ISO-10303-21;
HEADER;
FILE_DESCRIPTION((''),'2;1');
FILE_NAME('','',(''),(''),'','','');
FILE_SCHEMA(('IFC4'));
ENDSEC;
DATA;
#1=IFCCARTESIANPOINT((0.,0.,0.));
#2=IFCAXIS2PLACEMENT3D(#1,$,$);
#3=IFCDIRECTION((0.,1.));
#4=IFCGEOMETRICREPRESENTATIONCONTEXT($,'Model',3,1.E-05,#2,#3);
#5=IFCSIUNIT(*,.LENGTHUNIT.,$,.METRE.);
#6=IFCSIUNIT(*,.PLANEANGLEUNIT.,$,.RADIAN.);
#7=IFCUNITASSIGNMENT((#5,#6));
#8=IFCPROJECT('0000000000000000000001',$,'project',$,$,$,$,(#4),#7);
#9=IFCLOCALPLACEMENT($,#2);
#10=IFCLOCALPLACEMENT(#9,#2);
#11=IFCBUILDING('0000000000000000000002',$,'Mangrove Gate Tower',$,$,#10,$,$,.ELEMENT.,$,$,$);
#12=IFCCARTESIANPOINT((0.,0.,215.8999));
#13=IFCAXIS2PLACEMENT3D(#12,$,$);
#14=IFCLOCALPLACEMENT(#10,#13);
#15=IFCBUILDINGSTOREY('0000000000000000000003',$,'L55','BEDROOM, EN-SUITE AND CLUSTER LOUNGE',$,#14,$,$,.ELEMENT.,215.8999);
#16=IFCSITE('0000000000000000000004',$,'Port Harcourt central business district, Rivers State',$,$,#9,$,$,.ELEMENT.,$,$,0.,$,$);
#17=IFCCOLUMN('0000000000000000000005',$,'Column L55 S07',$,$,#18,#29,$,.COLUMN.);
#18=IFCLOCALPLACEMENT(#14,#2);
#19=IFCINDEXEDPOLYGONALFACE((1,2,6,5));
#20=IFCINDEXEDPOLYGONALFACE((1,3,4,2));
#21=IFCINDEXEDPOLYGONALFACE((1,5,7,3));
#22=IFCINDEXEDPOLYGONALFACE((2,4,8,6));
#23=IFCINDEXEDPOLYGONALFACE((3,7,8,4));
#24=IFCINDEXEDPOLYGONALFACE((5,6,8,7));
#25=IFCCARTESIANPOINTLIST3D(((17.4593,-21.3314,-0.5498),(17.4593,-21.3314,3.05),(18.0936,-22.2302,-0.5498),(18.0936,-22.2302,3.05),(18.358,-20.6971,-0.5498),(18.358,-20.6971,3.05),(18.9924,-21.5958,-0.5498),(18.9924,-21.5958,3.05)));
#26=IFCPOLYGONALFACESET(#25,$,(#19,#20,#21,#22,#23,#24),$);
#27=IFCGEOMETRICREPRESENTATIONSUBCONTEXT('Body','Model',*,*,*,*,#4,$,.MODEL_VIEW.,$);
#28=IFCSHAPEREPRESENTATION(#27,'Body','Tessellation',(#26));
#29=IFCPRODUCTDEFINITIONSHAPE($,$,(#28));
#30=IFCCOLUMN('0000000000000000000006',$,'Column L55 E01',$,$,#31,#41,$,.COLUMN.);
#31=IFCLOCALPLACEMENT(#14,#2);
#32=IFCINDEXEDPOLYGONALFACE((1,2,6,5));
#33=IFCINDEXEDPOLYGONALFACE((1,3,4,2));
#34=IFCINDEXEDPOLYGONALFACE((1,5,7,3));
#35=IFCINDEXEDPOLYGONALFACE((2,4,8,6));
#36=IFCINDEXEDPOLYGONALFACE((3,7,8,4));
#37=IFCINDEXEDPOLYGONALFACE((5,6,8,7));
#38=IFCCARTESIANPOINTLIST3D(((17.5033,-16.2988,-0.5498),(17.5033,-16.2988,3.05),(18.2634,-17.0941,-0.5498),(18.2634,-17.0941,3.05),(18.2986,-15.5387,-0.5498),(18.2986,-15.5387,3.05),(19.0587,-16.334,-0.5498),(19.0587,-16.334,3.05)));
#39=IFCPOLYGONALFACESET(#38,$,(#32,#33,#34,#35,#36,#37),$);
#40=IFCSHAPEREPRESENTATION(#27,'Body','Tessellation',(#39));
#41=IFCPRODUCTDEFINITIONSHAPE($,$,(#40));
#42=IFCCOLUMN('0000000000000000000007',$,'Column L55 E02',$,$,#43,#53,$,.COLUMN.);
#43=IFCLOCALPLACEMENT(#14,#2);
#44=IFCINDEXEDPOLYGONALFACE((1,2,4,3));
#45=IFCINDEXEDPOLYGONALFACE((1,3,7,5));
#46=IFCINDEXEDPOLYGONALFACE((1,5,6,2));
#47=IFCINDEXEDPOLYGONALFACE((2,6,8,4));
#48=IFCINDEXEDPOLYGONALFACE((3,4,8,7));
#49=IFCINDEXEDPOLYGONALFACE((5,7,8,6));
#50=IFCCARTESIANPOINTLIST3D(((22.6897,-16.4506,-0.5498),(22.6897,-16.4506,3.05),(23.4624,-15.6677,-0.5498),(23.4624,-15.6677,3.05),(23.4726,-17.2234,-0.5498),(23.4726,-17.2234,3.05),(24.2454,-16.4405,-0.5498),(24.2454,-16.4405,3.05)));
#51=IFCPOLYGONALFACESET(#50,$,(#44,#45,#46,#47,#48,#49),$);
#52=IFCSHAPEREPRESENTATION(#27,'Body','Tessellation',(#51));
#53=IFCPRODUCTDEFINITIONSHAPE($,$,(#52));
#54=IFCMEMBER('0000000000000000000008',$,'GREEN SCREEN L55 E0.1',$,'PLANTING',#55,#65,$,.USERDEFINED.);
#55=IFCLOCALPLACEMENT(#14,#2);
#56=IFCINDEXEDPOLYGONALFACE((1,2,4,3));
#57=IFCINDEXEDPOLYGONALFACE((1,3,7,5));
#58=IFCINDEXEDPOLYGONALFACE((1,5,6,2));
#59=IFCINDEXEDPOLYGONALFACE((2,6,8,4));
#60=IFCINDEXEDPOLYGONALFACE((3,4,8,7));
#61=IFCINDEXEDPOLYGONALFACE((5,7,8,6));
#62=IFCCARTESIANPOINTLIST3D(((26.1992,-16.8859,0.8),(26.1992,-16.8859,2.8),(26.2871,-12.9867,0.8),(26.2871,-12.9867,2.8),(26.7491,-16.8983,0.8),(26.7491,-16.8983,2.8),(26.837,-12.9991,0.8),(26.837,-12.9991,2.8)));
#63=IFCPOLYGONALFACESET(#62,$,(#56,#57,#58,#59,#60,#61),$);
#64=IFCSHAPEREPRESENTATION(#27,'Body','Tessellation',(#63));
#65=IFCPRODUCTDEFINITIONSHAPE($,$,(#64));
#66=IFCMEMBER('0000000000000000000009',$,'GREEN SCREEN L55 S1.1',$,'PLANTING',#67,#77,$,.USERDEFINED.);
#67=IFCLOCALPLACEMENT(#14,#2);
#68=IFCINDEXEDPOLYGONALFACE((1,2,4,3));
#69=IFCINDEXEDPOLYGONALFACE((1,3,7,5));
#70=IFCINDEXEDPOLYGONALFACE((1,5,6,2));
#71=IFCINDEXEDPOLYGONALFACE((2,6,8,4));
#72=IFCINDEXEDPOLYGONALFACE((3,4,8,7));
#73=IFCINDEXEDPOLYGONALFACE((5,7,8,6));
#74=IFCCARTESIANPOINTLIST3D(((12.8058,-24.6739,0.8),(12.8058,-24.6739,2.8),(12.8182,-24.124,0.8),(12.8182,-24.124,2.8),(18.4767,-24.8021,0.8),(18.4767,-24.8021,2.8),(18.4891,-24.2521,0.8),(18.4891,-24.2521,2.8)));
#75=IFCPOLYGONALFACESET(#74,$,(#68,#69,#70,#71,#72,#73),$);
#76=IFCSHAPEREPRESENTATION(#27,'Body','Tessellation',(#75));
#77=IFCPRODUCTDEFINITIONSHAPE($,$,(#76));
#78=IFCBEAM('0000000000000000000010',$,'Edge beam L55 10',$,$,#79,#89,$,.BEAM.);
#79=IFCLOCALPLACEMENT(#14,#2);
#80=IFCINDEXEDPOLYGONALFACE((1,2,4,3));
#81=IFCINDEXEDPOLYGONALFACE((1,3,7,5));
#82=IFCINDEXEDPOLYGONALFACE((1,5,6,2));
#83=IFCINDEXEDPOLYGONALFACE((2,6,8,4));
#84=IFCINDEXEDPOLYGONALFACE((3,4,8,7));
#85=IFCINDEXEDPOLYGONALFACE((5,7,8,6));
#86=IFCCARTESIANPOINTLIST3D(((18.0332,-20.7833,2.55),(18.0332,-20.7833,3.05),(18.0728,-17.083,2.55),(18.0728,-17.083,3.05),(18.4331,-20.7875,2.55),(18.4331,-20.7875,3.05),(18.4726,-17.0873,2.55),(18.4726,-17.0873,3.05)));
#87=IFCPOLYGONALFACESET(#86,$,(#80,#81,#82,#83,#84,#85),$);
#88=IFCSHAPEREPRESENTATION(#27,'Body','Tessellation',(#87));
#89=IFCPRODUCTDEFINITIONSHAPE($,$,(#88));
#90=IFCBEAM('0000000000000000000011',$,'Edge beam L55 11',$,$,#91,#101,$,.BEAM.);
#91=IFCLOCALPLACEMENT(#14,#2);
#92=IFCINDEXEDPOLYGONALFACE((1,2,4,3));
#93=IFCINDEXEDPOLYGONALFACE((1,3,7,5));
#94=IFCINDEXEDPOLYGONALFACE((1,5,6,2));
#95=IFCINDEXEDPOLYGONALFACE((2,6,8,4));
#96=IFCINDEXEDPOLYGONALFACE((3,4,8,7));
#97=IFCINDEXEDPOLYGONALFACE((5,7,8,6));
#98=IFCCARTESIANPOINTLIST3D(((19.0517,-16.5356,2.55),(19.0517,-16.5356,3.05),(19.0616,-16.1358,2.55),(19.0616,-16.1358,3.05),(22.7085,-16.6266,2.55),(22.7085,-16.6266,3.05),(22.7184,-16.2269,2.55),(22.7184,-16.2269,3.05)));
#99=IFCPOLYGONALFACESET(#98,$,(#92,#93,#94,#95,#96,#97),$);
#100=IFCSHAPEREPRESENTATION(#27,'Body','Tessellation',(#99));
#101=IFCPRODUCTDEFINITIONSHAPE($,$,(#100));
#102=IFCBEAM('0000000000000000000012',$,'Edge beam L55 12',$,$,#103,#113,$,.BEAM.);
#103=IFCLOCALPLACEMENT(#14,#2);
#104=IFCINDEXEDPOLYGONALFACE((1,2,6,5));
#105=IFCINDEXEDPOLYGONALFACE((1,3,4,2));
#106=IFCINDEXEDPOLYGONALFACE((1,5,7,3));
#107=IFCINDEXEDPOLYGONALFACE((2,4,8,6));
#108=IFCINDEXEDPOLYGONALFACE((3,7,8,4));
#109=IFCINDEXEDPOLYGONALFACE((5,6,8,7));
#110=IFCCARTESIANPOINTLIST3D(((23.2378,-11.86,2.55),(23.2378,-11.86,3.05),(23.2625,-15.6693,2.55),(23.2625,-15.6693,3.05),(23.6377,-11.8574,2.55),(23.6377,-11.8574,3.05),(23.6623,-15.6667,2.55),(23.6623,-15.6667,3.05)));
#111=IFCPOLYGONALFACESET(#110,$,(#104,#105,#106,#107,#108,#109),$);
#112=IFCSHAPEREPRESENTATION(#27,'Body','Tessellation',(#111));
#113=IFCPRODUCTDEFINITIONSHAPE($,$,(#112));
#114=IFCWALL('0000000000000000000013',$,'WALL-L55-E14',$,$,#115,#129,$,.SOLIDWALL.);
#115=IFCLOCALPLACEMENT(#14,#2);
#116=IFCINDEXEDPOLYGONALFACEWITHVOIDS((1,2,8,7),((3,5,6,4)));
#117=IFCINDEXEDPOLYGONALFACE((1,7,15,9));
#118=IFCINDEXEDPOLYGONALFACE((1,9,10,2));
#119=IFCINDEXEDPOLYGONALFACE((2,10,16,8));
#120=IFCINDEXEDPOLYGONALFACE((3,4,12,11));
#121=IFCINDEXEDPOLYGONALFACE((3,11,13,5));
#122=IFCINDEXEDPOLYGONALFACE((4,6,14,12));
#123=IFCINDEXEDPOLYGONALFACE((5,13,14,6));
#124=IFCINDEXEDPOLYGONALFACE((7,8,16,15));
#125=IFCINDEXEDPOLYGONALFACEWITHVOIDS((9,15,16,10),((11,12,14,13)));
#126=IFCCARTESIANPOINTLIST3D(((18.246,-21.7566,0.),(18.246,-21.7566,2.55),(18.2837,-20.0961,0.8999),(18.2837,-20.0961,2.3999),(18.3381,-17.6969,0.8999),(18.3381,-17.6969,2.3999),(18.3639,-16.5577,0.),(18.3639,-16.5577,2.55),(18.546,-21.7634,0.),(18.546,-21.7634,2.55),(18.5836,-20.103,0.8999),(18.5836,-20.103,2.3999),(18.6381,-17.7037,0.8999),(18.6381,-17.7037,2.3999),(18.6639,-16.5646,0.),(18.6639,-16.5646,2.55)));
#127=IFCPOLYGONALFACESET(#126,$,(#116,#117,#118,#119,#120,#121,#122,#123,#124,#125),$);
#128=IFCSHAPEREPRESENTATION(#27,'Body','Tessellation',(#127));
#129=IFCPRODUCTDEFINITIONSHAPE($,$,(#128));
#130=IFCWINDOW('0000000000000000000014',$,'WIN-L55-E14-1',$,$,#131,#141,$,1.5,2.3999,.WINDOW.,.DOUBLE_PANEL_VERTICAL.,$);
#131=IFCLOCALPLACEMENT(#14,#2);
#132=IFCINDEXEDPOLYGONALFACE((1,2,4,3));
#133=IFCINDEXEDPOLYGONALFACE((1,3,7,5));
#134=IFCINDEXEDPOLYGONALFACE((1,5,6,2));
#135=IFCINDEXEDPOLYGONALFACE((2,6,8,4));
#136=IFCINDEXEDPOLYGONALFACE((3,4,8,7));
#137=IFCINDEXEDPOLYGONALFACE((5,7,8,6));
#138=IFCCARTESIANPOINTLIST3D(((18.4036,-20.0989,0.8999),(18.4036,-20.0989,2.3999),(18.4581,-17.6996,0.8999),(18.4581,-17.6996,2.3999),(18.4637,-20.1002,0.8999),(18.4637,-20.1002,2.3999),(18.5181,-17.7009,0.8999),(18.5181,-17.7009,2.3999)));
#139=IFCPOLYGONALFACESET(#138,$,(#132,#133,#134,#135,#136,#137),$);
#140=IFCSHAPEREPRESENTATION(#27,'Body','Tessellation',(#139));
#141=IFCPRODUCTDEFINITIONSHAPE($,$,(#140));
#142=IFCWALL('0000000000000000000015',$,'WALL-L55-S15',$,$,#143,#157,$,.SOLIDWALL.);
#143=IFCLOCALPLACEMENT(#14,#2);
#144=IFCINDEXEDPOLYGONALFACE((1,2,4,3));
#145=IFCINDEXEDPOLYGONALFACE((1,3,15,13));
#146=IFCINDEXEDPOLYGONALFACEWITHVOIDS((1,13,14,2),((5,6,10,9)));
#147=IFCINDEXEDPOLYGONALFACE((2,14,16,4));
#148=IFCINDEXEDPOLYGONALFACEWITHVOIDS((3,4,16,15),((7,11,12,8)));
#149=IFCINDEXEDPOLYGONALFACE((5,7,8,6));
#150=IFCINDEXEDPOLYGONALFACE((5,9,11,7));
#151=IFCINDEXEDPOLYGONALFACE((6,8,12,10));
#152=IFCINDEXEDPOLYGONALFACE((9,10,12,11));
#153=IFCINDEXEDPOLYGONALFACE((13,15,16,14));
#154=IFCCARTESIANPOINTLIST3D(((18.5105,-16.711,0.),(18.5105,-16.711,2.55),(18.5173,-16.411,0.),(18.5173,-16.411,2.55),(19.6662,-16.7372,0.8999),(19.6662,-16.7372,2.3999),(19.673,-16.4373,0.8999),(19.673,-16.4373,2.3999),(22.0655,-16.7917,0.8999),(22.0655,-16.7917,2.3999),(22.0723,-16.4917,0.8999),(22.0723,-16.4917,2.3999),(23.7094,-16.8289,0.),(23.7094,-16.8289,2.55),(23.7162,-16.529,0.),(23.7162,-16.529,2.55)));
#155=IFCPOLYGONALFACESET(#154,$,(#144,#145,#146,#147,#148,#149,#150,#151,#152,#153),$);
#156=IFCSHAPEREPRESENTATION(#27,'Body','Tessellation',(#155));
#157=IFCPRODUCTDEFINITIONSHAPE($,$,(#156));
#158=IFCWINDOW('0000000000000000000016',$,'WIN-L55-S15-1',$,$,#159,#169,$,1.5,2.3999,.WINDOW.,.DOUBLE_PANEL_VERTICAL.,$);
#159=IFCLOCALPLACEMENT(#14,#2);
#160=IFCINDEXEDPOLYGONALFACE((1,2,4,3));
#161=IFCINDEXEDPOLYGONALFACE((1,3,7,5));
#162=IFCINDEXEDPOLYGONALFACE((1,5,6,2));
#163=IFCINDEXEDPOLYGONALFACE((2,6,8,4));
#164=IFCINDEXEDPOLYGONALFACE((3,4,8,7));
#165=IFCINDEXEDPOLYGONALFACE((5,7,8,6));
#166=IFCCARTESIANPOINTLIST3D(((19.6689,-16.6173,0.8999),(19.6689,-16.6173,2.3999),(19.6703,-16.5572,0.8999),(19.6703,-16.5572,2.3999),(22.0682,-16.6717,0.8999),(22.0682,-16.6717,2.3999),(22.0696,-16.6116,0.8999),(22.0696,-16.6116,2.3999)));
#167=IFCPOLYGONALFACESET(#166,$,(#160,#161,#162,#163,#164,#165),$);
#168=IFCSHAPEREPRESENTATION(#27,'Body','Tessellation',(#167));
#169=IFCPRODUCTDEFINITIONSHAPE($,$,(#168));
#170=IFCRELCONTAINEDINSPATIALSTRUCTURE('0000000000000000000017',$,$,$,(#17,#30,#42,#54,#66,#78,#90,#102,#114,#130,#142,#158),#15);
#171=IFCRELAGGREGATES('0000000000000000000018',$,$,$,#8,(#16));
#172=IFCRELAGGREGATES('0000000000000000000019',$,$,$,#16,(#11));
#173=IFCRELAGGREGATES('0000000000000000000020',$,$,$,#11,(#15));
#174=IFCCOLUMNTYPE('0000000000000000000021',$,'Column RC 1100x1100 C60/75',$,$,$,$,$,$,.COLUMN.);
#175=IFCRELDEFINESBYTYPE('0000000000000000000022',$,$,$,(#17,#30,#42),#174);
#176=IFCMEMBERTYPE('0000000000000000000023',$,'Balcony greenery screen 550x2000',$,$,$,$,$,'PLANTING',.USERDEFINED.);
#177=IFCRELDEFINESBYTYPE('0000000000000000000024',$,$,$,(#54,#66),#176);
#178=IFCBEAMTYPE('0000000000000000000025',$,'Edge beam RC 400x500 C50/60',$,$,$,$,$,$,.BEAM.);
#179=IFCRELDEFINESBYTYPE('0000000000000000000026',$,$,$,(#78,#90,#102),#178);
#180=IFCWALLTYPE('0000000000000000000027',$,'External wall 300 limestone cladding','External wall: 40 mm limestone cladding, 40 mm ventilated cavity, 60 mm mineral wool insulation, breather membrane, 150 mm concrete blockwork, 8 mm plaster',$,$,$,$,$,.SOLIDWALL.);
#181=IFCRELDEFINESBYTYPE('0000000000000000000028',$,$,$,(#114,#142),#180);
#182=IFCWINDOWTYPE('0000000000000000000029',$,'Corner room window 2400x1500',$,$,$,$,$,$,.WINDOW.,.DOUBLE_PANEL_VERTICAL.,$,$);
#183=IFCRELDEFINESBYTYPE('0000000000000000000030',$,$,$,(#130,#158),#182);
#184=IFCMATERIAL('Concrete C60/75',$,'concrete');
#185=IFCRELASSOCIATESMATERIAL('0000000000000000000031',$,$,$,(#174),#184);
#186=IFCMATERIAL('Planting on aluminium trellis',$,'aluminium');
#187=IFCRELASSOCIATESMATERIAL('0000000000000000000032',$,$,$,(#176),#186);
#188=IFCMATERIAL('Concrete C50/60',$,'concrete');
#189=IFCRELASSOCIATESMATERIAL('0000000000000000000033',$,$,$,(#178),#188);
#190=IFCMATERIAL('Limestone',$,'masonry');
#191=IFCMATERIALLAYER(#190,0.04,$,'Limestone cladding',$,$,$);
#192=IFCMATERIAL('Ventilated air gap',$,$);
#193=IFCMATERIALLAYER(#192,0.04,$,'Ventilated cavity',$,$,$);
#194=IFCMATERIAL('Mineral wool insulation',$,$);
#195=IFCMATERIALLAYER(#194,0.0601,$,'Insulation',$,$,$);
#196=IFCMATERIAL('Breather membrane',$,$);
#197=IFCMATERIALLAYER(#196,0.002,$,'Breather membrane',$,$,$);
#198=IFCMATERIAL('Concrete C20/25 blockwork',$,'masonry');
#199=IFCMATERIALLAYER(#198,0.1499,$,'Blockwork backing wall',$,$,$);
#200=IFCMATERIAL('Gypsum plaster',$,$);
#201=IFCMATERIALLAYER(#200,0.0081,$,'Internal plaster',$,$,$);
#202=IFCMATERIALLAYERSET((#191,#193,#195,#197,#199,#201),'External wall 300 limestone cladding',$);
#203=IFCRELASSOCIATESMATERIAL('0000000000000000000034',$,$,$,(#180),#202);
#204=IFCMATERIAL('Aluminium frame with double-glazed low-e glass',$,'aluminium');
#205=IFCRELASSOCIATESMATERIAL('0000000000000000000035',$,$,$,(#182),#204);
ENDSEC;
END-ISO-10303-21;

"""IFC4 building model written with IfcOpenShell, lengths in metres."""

from ifc_helpers import new_model, si_unit, direction, frame, frame_2d, origin, origin_2d, place, context, subcontext, project, spatial, rectangle, extrude, material, layer, layer_set, material_profile, profile_set, type_object, element, fill, save


model = new_model("IFC4")

# Units and contexts
model_context = context("Model", 3, precision=1e-05, world=origin(), true_north=direction((0.0, 1.0)))
body_context = subcontext(model_context, "Body", "Model", "MODEL_VIEW")
ifc_project = project(units=[si_unit("LENGTHUNIT", "METRE"), si_unit("PLANEANGLEUNIT", "RADIAN")], contexts=[model_context])

# Site, building, storey
site_placement = place(None, origin())
site = spatial("IfcSite", under=ifc_project, at=site_placement, Name="Port Harcourt central business district, Rivers State", CompositionType="ELEMENT", RefElevation=0.0)
building_placement = place(site_placement, origin())
building = spatial("IfcBuilding", under=site, at=building_placement, Name="Mangrove Gate Tower", CompositionType="ELEMENT")
storey_placement = place(building_placement, frame((0.0, 0.0, 215.8999)))
storey = spatial("IfcBuildingStorey", under=building, at=storey_placement, Name="L55", Description="BEDROOM, EN-SUITE AND CLUSTER LOUNGE", CompositionType="ELEMENT", Elevation=215.8999)

# Columns
ifc_material_1 = material(Name="Concrete C60/75", Category="concrete")
ifc_material_profile_1 = material_profile(ifc_material_1, rectangle(XDim=1.1001, YDim=1.1001, at=origin_2d()))
ifc_profile_set_1 = profile_set([ifc_material_profile_1], Name="Concrete C60/75")
column_type = type_object("IfcColumnType", Name="Column RC 1100x1100 C60/75", PredefinedType="COLUMN", material=ifc_profile_set_1)
for number, where, z_axis, x_axis, name in (
    (1, (18.2258, -21.4636, -0.5498), (0.0, 0.0, 1.0), (0.817006, 0.576629, 0.0), "Column L55 S07"),
    (2, (18.281, -16.3164, -0.5498), (0.0, 0.0, 1.0), (0.722905, 0.690948, 0.0), "Column L55 E01"),
    (3, (23.4675, -16.4456, -0.5498), (0.0, 0.0, 1.0), (0.702473, 0.711711, 0.0), "Column L55 E02"),
):
    element("IfcColumn", number, at=place(storey_placement, frame(where, z_axis=z_axis, x_axis=x_axis)), inside=storey, type_object=column_type, Name=name, PredefinedType="COLUMN", context=body_context, shape_type="SweptSolid", body=[
        extrude(rectangle(XDim=1.1001, YDim=1.1001, at=origin_2d()), origin(), (0.0, 0.0, 1.0), 3.5999),
    ])

# Members
ifc_material_2 = material(Name="Planting on aluminium trellis", Category="aluminium")
ifc_material_profile_2 = material_profile(ifc_material_2, rectangle(XDim=0.55, YDim=2.0, at=origin_2d()))
ifc_profile_set_2 = profile_set([ifc_material_profile_2], Name="Planting on aluminium trellis")
member_type = type_object("IfcMemberType", Name="Balcony greenery screen 550x2000", ElementType="PLANTING", PredefinedType="USERDEFINED", material=ifc_profile_set_2)
member_1_placement = place(storey_placement, frame((26.4741, -16.8921, 1.8), z_axis=(0.022535, 0.999746, 0.0), x_axis=(-0.999746, 0.022535, 0.0)))
element("IfcMember", 4, at=member_1_placement, inside=storey, type_object=member_type, Name="GREEN SCREEN L55 E0.1", ObjectType="PLANTING", PredefinedType="USERDEFINED", context=body_context, shape_type="SweptSolid", body=[
    extrude(rectangle(XDim=0.55, YDim=2.0, at=origin_2d()), origin(), (0.0, 0.0, 1.0), 3.9001),
])
member_2_placement = place(storey_placement, frame((12.812, -24.3989, 1.8), z_axis=(0.999745, -0.022596, 0.0), x_axis=(0.022596, 0.999745, 0.0)))
element("IfcMember", 5, at=member_2_placement, inside=storey, type_object=member_type, Name="GREEN SCREEN L55 S1.1", ObjectType="PLANTING", PredefinedType="USERDEFINED", context=body_context, shape_type="SweptSolid", body=[
    extrude(rectangle(XDim=0.55, YDim=2.0, at=origin_2d()), origin(), (0.0, 0.0, 1.0), 5.6724),
])

# Beams
ifc_material_3 = material(Name="Concrete C50/60", Category="concrete")
ifc_material_profile_3 = material_profile(ifc_material_3, rectangle(XDim=0.3999, YDim=0.5, at=origin_2d()))
ifc_profile_set_3 = profile_set([ifc_material_profile_3], Name="Concrete C50/60")
beam_type = type_object("IfcBeamType", Name="Edge beam RC 400x500 C50/60", PredefinedType="BEAM", material=ifc_profile_set_3)
beam_1_placement = place(storey_placement, frame((18.2332, -20.7854, 2.8), z_axis=(0.010688, 0.999943, 0.0), x_axis=(-0.999943, 0.010688, 0.0)))
element("IfcBeam", 6, at=beam_1_placement, inside=storey, type_object=beam_type, Name="Edge beam L55 10", PredefinedType="BEAM", context=body_context, shape_type="SweptSolid", body=[
    extrude(rectangle(XDim=0.3999, YDim=0.5, at=origin_2d()), origin(), (0.0, 0.0, 1.0), 3.7004),
])
beam_2_placement = place(storey_placement, frame((19.0566, -16.3357, 2.8), z_axis=(0.99969, -0.024895, 0.0), x_axis=(0.024895, 0.99969, 0.0)))
element("IfcBeam", 7, at=beam_2_placement, inside=storey, type_object=beam_type, Name="Edge beam L55 11", PredefinedType="BEAM", context=body_context, shape_type="SweptSolid", body=[
    extrude(rectangle(XDim=0.3999, YDim=0.5, at=origin_2d()), origin(), (0.0, 0.0, 1.0), 3.658),
])
beam_3_placement = place(storey_placement, frame((23.4624, -15.668, 2.8), z_axis=(-0.006473, 0.999979, 0.0), x_axis=(-0.999979, -0.006473, 0.0)))
element("IfcBeam", 8, at=beam_3_placement, inside=storey, type_object=beam_type, Name="Edge beam L55 12", PredefinedType="BEAM", context=body_context, shape_type="SweptSolid", body=[
    extrude(rectangle(XDim=0.3999, YDim=0.5, at=origin_2d()), origin(), (0.0, 0.0, 1.0), 3.8093),
])

# Shared definitions
ifc_material_4 = material(Name="Limestone", Category="masonry")
ifc_layer_1 = layer(ifc_material_4, 0.04, Name="Limestone cladding")
ifc_material_5 = material(Name="Ventilated air gap")
ifc_layer_2 = layer(ifc_material_5, 0.04, Name="Ventilated cavity")
ifc_material_6 = material(Name="Mineral wool insulation")
ifc_layer_3 = layer(ifc_material_6, 0.0601, Name="Insulation")
ifc_material_7 = material(Name="Breather membrane")
ifc_layer_4 = layer(ifc_material_7, 0.002, Name="Breather membrane")
ifc_material_8 = material(Name="Concrete C20/25 blockwork", Category="masonry")
ifc_layer_5 = layer(ifc_material_8, 0.1499, Name="Blockwork backing wall")
ifc_material_9 = material(Name="Gypsum plaster")
ifc_layer_6 = layer(ifc_material_9, 0.0081, Name="Internal plaster")
ifc_layer_set_1 = layer_set([ifc_layer_1, ifc_layer_2, ifc_layer_3, ifc_layer_4, ifc_layer_5, ifc_layer_6], Name="External wall 300 limestone cladding")
wall_type_1 = type_object("IfcWallType", Name="External wall 300 limestone cladding", Description="External wall: 40 mm limestone cladding, 40 mm ventilated cavity, 60 mm mineral wool insulation, breather membrane, 150 mm concrete blockwork, 8 mm plaster", PredefinedType="SOLIDWALL", material=ifc_layer_set_1)

# Walls, openings, windows
wall_1_placement = place(storey_placement, frame((18.396, -21.76, 0.0), z_axis=(0.0, 0.0, 1.0), x_axis=(0.022676, 0.999743, 0.0)))
wall_1 = element("IfcWall", 9, at=wall_1_placement, inside=storey, type_object=wall_type_1, Name="WALL-L55-E14", PredefinedType="SOLIDWALL", context=body_context, shape_type="SweptSolid", body=[
    extrude(rectangle(XDim=5.2002, YDim=0.3, at=frame_2d((2.6001, 0.0))), origin(), (0.0, 0.0, 1.0), 2.55),
])
opening_1_placement = place(wall_1_placement, frame((1.6609, 0.0, 0.8999)))
opening_1 = element("IfcOpeningElement", 10, at=opening_1_placement, cuts=wall_1, PredefinedType="OPENING", context=body_context, shape_type="SweptSolid", body=[
    extrude(rectangle(XDim=2.3999, YDim=1.5, at=frame_2d((1.2, 0.75))), frame((0.0, 0.1599, 0.0), z_axis=(0.0, -1.0, 0.0), x_axis=(1.0, 0.0, 0.0)), (0.0, 0.0, 1.0), 0.3201),
])
ifc_material_10 = material(Name="Aluminium frame with double-glazed low-e glass", Category="aluminium")
window_type_1 = type_object("IfcWindowType", Name="Corner room window 2400x1500", PartitioningType="DOUBLE_PANEL_VERTICAL", PredefinedType="WINDOW", material=ifc_material_10)
window_1_placement = place(opening_1_placement, origin())
window_1 = element("IfcWindow", 11, at=window_1_placement, inside=storey, type_object=window_type_1, Name="WIN-L55-E14-1", OverallHeight=1.5, OverallWidth=2.3999, PartitioningType="DOUBLE_PANEL_VERTICAL", PredefinedType="WINDOW", context=body_context, shape_type="SweptSolid", body=[
    extrude(rectangle(XDim=2.3999, YDim=1.5, at=frame_2d((1.2, 0.75))), frame((0.0, 0.03, 0.0), z_axis=(0.0, -1.0, 0.0), x_axis=(1.0, 0.0, 0.0)), (0.0, 0.0, 1.0), 0.0601),
])
fill(opening_1, window_1)
wall_2_placement = place(storey_placement, frame((18.5139, -16.561, 0.0), z_axis=(0.0, 0.0, 1.0), x_axis=(0.999743, -0.022676, 0.0)))
wall_2 = element("IfcWall", 12, at=wall_2_placement, inside=storey, type_object=wall_type_1, Name="WALL-L55-S15", PredefinedType="SOLIDWALL", context=body_context, shape_type="SweptSolid", body=[
    extrude(rectangle(XDim=5.2002, YDim=0.3, at=frame_2d((2.6001, 0.0))), origin(), (0.0, 0.0, 1.0), 2.55),
])
opening_2_placement = place(wall_2_placement, frame((1.156, 0.0, 0.8999)))
opening_2 = element("IfcOpeningElement", 13, at=opening_2_placement, cuts=wall_2, PredefinedType="OPENING", context=body_context, shape_type="SweptSolid", body=[
    extrude(rectangle(XDim=2.3999, YDim=1.5, at=frame_2d((1.2, 0.75))), frame((0.0, 0.1599, 0.0), z_axis=(0.0, -1.0, 0.0), x_axis=(1.0, 0.0, 0.0)), (0.0, 0.0, 1.0), 0.3201),
])
window_2_placement = place(opening_2_placement, origin())
window_2 = element("IfcWindow", 14, at=window_2_placement, inside=storey, type_object=window_type_1, Name="WIN-L55-S15-1", OverallHeight=1.5, OverallWidth=2.3999, PartitioningType="DOUBLE_PANEL_VERTICAL", PredefinedType="WINDOW", context=body_context, shape_type="SweptSolid", body=[
    extrude(rectangle(XDim=2.3999, YDim=1.5, at=frame_2d((1.2, 0.75))), frame((0.0, 0.03, 0.0), z_axis=(0.0, -1.0, 0.0), x_axis=(1.0, 0.0, 0.0)), (0.0, 0.0, 1.0), 0.0601),
])
fill(opening_2, window_2)

save(model, "model.ifc")
